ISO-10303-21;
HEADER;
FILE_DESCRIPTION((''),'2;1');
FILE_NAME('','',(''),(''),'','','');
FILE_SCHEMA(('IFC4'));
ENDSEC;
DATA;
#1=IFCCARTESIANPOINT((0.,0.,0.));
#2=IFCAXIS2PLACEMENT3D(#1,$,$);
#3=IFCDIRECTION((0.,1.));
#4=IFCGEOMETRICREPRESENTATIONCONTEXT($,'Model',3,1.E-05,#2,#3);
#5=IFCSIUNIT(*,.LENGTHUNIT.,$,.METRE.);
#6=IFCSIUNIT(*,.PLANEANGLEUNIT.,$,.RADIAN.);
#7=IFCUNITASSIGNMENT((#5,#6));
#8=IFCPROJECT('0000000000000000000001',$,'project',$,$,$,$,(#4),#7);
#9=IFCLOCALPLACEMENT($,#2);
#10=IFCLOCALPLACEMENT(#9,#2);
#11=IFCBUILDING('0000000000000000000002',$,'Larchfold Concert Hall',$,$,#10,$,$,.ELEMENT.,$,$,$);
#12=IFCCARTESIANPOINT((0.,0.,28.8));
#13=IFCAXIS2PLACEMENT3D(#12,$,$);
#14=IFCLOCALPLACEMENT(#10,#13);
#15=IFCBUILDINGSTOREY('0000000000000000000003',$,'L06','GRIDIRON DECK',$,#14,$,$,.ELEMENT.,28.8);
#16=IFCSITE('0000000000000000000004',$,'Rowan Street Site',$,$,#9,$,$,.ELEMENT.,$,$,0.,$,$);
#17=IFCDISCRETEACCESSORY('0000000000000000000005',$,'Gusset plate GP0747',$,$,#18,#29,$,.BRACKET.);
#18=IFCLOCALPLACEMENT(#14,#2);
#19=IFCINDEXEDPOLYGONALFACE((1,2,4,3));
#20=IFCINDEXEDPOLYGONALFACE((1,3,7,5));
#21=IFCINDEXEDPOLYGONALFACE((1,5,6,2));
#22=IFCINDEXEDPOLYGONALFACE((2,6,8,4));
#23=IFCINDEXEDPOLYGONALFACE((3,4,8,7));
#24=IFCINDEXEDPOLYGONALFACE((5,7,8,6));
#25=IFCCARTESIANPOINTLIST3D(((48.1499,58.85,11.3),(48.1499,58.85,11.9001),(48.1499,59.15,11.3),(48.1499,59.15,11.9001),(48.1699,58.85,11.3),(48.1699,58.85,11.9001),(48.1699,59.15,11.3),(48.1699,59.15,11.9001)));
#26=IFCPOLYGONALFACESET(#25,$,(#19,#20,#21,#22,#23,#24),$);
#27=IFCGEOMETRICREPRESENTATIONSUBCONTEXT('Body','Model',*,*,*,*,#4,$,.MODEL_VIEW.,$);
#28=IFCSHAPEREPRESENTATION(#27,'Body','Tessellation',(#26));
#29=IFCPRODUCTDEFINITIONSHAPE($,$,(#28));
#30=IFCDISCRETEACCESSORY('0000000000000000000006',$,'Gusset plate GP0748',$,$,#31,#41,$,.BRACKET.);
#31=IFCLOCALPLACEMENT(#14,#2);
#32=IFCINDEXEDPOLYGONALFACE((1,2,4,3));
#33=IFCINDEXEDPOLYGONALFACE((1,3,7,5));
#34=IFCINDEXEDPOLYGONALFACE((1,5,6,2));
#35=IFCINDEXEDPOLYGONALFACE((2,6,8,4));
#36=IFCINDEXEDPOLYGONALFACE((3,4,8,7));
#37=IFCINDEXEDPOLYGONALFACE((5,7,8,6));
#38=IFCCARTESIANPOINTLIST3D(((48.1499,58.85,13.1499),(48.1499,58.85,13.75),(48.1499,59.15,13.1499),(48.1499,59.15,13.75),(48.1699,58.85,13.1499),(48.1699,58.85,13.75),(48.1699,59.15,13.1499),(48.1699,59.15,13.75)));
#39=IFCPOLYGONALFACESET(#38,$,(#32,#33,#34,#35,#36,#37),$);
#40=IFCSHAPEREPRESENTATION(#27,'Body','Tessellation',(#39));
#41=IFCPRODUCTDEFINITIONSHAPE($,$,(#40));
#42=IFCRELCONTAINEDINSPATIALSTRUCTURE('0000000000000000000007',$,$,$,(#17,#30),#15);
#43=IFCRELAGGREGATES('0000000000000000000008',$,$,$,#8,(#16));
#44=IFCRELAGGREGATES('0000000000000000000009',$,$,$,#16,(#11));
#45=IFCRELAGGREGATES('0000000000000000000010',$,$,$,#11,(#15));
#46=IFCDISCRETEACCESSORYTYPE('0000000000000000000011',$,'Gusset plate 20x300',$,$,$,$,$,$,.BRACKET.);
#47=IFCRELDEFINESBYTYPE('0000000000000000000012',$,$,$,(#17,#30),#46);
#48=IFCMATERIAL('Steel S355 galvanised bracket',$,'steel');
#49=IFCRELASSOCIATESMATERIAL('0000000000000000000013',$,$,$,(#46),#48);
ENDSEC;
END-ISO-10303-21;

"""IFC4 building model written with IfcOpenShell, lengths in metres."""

from ifc_helpers import new_model, si_unit, direction, frame, origin, origin_2d, place, context, subcontext, project, spatial, rectangle, extrude, material, material_profile, profile_set, type_object, element, save


model = new_model("IFC4")

# Units and contexts
model_context = context("Model", 3, precision=1e-05, world=origin(), true_north=direction((0.0, 1.0)))
body_context = subcontext(model_context, "Body", "Model", "MODEL_VIEW")
ifc_project = project(units=[si_unit("LENGTHUNIT", "METRE"), si_unit("PLANEANGLEUNIT", "RADIAN")], contexts=[model_context])

# Site, building, storey
site_placement = place(None, origin())
site = spatial("IfcSite", under=ifc_project, at=site_placement, Name="Rowan Street Site", CompositionType="ELEMENT", RefElevation=0.0)
building_placement = place(site_placement, origin())
building = spatial("IfcBuilding", under=site, at=building_placement, Name="Larchfold Concert Hall", CompositionType="ELEMENT")
storey_placement = place(building_placement, frame((0.0, 0.0, 28.8)))
storey = spatial("IfcBuildingStorey", under=building, at=storey_placement, Name="L06", Description="GRIDIRON DECK", CompositionType="ELEMENT", Elevation=28.8)

# Discrete accessories
ifc_material_1 = material(Name="Steel S355 galvanised bracket", Category="steel")
ifc_material_profile_1 = material_profile(ifc_material_1, rectangle(XDim=0.02, YDim=0.3, at=origin_2d()))
ifc_profile_set_1 = profile_set([ifc_material_profile_1], Name="Steel S355 galvanised bracket")
discrete_accessory_type_1 = type_object("IfcDiscreteAccessoryType", Name="Gusset plate 20x300", PredefinedType="BRACKET", material=ifc_profile_set_1)
for number, where, z_axis, x_axis, name in (
    (1, (48.1599, 59.0, 11.3), (0.0, 0.0, 1.0), (1.0, 0.0, 0.0), "Gusset plate GP0747"),
    (2, (48.1599, 59.0, 13.1499), (0.0, 0.0, 1.0), (1.0, 0.0, 0.0), "Gusset plate GP0748"),
):
    element("IfcDiscreteAccessory", number, at=place(storey_placement, frame(where, z_axis=z_axis, x_axis=x_axis)), inside=storey, type_object=discrete_accessory_type_1, Name=name, PredefinedType="BRACKET", context=body_context, shape_type="SweptSolid", body=[
        extrude(rectangle(XDim=0.02, YDim=0.3, at=origin_2d()), origin(), (0.0, 0.0, 1.0), 0.6001),
    ])

save(model, "model.ifc")
